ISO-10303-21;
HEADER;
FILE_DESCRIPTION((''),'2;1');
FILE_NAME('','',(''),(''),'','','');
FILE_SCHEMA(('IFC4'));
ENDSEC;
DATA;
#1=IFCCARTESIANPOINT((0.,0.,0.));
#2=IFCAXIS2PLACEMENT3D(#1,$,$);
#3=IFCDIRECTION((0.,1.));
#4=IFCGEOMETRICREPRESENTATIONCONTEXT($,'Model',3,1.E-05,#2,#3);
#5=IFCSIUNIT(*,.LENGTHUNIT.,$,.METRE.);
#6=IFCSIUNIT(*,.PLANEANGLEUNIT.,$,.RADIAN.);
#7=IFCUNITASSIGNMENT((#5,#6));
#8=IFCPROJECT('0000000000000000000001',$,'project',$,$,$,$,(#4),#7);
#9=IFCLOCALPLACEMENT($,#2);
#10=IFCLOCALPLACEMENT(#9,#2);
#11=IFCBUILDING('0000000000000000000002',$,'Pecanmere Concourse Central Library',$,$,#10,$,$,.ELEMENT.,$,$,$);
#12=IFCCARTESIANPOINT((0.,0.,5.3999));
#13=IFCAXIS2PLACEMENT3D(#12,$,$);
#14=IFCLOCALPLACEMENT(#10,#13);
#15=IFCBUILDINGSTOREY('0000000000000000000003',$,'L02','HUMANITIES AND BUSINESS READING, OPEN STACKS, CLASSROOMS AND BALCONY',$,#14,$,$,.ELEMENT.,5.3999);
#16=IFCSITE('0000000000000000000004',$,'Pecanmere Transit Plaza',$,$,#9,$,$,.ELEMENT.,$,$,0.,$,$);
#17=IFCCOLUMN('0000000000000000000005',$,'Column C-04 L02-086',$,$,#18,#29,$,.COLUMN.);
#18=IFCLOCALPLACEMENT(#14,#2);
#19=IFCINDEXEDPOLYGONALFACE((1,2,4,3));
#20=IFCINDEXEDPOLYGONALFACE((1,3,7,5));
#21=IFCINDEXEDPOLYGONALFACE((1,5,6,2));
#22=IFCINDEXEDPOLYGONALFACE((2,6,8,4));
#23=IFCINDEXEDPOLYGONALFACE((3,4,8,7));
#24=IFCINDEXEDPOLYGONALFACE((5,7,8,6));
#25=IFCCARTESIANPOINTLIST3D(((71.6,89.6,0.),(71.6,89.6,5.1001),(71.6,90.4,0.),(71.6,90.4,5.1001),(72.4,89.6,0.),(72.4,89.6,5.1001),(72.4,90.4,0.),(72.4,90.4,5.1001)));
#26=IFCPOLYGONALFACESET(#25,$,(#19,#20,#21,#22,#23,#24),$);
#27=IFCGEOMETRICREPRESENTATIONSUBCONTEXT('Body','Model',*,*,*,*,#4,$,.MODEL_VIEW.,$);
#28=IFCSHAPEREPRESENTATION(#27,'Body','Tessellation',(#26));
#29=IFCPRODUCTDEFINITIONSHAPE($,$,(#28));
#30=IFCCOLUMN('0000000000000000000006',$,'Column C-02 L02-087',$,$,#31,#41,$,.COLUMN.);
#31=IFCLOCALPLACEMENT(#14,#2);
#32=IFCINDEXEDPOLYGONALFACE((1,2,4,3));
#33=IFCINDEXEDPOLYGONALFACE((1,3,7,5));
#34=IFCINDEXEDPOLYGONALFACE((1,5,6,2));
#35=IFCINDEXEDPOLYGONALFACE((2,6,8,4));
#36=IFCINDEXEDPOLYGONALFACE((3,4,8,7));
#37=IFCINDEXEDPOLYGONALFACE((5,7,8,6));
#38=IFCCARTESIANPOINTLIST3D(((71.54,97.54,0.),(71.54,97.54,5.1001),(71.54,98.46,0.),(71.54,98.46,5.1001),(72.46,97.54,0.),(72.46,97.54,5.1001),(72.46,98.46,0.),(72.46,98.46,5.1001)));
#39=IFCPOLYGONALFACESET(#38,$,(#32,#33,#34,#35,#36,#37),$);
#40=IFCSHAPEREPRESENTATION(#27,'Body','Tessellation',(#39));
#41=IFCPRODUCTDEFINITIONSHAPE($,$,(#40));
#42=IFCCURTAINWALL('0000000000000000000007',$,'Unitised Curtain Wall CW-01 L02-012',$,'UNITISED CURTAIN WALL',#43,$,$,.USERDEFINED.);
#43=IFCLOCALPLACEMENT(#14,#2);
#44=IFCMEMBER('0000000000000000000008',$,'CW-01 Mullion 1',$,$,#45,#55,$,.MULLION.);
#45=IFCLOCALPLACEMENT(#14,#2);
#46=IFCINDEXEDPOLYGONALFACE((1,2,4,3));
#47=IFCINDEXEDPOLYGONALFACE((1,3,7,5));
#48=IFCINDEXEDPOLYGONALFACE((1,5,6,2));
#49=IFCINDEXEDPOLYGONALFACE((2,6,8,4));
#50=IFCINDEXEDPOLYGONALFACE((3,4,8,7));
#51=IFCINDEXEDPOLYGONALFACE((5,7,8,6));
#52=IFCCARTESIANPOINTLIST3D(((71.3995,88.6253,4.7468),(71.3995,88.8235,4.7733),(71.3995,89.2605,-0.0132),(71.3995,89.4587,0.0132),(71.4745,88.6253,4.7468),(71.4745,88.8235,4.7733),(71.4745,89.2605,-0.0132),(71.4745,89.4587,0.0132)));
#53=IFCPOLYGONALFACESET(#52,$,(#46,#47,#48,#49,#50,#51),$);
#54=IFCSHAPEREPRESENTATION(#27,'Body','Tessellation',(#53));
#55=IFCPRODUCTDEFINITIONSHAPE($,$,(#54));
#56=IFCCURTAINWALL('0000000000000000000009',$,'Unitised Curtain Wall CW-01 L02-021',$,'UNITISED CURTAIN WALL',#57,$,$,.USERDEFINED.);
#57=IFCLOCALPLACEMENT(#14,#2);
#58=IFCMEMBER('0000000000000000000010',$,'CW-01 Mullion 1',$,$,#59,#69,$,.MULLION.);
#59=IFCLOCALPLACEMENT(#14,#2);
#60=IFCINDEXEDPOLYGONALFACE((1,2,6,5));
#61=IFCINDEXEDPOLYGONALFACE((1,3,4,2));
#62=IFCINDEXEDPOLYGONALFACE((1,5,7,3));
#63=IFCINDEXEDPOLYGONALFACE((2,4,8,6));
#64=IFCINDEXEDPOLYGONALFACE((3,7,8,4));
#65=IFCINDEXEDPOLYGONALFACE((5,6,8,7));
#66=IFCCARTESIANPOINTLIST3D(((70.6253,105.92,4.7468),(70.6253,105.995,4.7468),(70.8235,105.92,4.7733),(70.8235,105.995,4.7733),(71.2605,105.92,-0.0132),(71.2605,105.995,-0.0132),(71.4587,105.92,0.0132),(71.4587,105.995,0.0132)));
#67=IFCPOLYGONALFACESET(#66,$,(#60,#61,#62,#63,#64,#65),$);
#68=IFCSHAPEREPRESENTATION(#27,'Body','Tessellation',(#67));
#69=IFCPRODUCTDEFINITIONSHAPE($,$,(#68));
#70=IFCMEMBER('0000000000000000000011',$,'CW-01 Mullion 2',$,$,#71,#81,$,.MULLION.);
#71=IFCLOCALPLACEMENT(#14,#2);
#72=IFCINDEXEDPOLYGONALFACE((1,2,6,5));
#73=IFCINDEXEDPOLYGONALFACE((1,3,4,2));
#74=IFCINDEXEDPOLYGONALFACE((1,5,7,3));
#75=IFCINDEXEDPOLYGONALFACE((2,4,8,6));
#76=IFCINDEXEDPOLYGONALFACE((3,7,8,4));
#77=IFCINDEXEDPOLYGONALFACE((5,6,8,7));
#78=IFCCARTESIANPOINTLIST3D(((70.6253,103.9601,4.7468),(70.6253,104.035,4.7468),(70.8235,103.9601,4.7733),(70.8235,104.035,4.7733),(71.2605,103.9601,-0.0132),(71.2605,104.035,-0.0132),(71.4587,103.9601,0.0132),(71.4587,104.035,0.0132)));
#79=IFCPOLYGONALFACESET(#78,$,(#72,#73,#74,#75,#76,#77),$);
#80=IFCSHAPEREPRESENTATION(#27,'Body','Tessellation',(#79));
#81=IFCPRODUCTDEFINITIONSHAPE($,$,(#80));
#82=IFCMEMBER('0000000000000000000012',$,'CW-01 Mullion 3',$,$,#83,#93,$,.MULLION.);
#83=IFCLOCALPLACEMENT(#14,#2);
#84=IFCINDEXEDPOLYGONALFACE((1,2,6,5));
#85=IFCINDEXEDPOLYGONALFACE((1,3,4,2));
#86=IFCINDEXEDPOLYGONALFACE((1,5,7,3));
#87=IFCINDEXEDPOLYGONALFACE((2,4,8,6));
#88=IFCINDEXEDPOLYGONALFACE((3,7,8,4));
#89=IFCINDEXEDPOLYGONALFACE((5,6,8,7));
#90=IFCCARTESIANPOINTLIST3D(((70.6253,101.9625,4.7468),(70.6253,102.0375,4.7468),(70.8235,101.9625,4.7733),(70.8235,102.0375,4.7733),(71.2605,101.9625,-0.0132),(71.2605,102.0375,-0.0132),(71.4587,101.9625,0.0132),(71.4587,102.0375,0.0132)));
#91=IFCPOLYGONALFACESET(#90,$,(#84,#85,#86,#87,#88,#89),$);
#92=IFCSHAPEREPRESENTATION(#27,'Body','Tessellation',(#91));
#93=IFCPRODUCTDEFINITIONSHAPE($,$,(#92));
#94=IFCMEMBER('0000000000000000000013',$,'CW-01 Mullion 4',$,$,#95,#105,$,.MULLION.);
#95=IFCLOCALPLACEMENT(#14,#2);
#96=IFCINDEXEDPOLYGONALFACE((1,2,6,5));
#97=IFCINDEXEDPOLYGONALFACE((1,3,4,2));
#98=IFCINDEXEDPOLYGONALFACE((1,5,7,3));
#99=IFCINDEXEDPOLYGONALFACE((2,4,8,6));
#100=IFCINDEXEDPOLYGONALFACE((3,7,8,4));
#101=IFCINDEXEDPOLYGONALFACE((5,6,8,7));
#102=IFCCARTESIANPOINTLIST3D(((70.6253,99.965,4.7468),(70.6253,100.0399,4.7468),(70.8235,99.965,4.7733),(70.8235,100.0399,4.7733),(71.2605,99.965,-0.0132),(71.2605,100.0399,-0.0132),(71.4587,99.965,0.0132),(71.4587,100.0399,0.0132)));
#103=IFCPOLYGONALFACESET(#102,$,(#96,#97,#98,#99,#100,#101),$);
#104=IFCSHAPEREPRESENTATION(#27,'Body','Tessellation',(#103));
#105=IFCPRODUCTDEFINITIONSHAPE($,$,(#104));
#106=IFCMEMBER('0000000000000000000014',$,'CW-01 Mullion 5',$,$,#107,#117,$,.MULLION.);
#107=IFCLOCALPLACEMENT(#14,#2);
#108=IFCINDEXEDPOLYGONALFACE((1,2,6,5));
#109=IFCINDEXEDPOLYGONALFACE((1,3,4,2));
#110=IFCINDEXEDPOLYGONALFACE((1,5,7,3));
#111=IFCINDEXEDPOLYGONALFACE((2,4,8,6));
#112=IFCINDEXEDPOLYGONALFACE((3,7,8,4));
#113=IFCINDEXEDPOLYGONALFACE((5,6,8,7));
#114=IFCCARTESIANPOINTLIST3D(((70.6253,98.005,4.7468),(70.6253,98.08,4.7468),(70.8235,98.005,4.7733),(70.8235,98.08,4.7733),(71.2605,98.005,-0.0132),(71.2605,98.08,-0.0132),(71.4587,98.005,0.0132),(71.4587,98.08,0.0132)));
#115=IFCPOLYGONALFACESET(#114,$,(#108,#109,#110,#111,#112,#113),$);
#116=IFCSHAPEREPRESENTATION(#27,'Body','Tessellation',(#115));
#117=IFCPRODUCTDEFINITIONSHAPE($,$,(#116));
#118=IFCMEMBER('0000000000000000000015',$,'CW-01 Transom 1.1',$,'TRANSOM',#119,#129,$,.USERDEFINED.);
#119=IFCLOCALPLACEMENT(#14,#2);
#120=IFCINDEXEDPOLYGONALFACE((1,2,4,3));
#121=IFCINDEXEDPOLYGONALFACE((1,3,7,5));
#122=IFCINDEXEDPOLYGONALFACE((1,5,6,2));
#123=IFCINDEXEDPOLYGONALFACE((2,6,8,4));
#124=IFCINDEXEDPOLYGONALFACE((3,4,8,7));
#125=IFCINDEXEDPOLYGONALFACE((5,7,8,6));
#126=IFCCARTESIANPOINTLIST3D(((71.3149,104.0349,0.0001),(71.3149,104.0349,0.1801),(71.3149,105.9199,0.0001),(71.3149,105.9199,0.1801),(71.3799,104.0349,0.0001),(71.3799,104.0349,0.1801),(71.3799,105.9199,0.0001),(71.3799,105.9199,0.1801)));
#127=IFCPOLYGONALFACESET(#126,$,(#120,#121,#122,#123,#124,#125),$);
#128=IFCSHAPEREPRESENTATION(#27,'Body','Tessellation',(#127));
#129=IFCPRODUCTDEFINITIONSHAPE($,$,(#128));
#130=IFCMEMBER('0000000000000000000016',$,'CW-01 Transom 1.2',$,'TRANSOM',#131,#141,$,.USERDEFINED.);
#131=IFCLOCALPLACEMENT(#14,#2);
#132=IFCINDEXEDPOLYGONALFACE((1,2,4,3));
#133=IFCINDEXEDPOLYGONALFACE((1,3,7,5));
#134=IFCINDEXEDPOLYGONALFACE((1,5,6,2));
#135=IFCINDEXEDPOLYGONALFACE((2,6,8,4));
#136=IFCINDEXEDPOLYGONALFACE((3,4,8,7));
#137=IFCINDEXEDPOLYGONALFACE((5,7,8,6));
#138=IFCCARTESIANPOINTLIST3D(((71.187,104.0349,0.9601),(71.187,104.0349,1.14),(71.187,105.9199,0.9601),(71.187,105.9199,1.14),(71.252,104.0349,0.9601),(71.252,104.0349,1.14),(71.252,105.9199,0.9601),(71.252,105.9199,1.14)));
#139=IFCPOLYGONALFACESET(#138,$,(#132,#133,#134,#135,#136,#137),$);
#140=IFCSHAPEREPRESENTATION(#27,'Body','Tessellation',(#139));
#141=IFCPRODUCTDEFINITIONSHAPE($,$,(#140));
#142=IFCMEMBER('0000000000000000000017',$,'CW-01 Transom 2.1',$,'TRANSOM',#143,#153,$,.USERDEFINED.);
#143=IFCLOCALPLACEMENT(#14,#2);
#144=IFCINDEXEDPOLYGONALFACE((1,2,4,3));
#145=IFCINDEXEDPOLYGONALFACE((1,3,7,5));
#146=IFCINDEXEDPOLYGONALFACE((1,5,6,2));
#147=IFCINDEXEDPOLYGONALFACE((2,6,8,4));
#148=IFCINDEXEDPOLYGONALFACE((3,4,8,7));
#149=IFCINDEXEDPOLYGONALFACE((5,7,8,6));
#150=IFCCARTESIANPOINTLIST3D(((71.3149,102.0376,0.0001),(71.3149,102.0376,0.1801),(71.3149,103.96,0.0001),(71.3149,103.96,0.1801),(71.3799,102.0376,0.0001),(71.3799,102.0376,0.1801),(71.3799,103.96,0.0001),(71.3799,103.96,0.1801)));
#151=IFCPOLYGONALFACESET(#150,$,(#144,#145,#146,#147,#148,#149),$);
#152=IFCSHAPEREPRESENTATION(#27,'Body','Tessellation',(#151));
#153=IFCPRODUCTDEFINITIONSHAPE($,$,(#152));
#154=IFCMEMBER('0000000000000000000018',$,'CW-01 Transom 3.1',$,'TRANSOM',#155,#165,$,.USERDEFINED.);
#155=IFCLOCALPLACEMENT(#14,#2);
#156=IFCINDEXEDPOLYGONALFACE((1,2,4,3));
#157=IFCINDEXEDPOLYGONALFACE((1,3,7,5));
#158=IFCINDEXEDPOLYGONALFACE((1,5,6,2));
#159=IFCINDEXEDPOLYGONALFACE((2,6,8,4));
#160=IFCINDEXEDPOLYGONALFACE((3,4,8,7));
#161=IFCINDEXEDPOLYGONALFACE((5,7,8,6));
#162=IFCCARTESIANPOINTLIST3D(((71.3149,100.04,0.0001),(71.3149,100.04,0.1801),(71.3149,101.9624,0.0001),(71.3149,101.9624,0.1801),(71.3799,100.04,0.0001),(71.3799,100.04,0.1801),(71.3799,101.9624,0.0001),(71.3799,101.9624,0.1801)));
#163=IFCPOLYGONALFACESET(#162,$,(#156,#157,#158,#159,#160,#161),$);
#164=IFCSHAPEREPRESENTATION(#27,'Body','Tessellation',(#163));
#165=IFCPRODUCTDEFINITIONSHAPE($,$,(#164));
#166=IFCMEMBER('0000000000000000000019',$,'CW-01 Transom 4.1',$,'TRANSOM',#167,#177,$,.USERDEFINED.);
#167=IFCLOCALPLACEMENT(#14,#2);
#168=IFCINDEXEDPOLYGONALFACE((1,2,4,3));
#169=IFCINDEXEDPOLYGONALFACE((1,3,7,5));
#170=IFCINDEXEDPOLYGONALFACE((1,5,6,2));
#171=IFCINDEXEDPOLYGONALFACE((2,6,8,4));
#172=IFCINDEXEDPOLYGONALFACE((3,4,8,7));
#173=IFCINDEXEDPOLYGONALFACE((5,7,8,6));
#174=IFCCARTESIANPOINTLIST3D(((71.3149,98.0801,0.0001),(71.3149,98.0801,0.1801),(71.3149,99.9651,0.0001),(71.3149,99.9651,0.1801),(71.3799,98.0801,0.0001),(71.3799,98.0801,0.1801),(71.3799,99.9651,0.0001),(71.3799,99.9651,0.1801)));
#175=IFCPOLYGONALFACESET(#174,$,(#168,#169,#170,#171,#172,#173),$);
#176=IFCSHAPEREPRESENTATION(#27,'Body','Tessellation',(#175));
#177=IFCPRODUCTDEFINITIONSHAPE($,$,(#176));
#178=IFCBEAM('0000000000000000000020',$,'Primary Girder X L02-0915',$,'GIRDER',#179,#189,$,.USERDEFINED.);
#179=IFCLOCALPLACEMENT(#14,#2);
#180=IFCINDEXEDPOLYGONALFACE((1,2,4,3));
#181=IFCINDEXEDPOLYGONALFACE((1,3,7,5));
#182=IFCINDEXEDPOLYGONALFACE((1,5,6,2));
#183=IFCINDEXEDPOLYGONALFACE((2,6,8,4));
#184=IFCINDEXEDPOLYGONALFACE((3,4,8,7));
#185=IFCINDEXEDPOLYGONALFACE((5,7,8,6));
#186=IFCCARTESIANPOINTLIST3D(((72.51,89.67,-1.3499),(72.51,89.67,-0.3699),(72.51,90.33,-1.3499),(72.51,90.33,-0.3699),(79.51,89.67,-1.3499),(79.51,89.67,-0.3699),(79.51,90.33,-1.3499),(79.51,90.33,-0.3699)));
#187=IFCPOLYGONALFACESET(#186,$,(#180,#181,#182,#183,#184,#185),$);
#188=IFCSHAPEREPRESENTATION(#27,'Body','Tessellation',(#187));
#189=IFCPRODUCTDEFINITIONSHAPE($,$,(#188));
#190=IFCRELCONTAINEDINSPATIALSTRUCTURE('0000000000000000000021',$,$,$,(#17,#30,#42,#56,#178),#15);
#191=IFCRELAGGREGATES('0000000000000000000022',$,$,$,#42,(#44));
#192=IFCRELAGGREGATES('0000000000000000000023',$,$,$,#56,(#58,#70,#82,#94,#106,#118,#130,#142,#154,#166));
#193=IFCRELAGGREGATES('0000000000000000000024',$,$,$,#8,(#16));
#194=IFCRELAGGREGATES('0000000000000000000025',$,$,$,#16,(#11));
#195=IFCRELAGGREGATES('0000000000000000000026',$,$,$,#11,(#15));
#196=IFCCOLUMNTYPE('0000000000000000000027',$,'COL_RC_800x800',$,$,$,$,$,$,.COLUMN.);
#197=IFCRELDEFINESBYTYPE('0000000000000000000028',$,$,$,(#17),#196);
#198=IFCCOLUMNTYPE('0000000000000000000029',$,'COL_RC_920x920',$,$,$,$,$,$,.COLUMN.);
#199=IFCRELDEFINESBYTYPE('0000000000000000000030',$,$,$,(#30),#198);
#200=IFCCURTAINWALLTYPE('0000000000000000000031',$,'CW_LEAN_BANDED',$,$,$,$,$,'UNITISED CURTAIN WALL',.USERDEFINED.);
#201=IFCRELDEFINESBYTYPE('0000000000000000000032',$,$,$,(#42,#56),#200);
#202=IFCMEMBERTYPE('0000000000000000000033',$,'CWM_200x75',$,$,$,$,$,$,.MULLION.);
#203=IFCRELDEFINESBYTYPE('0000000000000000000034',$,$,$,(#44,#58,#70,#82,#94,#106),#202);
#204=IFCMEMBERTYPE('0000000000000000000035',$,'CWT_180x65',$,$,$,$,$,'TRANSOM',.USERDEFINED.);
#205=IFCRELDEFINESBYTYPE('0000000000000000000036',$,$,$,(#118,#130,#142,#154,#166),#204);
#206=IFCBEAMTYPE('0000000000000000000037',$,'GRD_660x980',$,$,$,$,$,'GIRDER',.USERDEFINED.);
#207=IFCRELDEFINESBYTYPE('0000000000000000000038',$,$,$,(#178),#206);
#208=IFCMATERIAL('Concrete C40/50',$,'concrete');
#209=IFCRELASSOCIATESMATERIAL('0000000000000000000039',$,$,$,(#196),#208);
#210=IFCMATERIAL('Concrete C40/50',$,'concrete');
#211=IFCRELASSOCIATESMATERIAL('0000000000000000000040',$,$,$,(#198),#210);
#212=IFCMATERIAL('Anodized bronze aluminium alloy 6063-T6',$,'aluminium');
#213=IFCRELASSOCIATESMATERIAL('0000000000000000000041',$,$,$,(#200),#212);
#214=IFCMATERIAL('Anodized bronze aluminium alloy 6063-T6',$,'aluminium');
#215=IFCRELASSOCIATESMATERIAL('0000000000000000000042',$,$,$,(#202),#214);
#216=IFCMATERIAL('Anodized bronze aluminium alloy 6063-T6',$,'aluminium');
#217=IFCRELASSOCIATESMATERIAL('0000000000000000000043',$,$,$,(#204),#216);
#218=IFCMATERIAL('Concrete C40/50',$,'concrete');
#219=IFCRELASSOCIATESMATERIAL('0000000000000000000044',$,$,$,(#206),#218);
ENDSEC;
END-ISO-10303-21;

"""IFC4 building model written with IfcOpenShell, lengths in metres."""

from ifc_helpers import new_model, si_unit, direction, frame, origin, origin_2d, place, context, subcontext, project, spatial, rectangle, extrude, material, material_profile, profile_set, type_object, element, aggregate, save


model = new_model("IFC4")

# Units and contexts
model_context = context("Model", 3, precision=1e-05, world=origin(), true_north=direction((0.0, 1.0)))
body_context = subcontext(model_context, "Body", "Model", "MODEL_VIEW")
ifc_project = project(units=[si_unit("LENGTHUNIT", "METRE"), si_unit("PLANEANGLEUNIT", "RADIAN")], contexts=[model_context])

# Site, building, storey
site_placement = place(None, origin())
site = spatial("IfcSite", under=ifc_project, at=site_placement, Name="Pecanmere Transit Plaza", CompositionType="ELEMENT", RefElevation=0.0)
building_placement = place(site_placement, origin())
building = spatial("IfcBuilding", under=site, at=building_placement, Name="Pecanmere Concourse Central Library", CompositionType="ELEMENT")
storey_placement = place(building_placement, frame((0.0, 0.0, 5.3999)))
storey = spatial("IfcBuildingStorey", under=building, at=storey_placement, Name="L02", Description="HUMANITIES AND BUSINESS READING, OPEN STACKS, CLASSROOMS AND BALCONY", CompositionType="ELEMENT", Elevation=5.3999)

# Columns
ifc_material_1 = material(Name="Concrete C40/50", Category="concrete")
ifc_material_profile_1 = material_profile(ifc_material_1, rectangle(XDim=0.8, YDim=0.8, at=origin_2d()), Name="RC 800x800")
ifc_profile_set_1 = profile_set([ifc_material_profile_1], Name="Concrete C40/50")
column_type_1 = type_object("IfcColumnType", Name="COL_RC_800x800", PredefinedType="COLUMN", material=ifc_profile_set_1)
column_1_placement = place(storey_placement, frame((72.0, 90.0, 0.0), z_axis=(0.0, 0.0, 1.0), x_axis=(1.0, 0.0, 0.0)))
element("IfcColumn", 1, at=column_1_placement, inside=storey, type_object=column_type_1, Name="Column C-04 L02-086", PredefinedType="COLUMN", context=body_context, shape_type="SweptSolid", body=[
    extrude(rectangle(XDim=0.8, YDim=0.8, at=origin_2d()), origin(), (0.0, 0.0, 1.0), 5.1001),
])
ifc_material_2 = material(Name="Concrete C40/50", Category="concrete")
ifc_material_profile_2 = material_profile(ifc_material_2, rectangle(XDim=0.9199, YDim=0.9199, at=origin_2d()), Name="RC 920x920")
ifc_profile_set_2 = profile_set([ifc_material_profile_2], Name="Concrete C40/50")
column_type_2 = type_object("IfcColumnType", Name="COL_RC_920x920", PredefinedType="COLUMN", material=ifc_profile_set_2)
column_2_placement = place(storey_placement, frame((72.0, 98.0, 0.0), z_axis=(0.0, 0.0, 1.0), x_axis=(1.0, 0.0, 0.0)))
element("IfcColumn", 2, at=column_2_placement, inside=storey, type_object=column_type_2, Name="Column C-02 L02-087", PredefinedType="COLUMN", context=body_context, shape_type="SweptSolid", body=[
    extrude(rectangle(XDim=0.9199, YDim=0.9199, at=origin_2d()), origin(), (0.0, 0.0, 1.0), 5.1001),
])

# Curtain wall, member
ifc_material_3 = material(Name="Anodized bronze aluminium alloy 6063-T6", Category="aluminium")
curtain_wall_type = type_object("IfcCurtainWallType", Name="CW_LEAN_BANDED", ElementType="UNITISED CURTAIN WALL", PredefinedType="USERDEFINED", material=ifc_material_3)
curtain_wall_1_placement = place(storey_placement, origin())
curtain_wall_1 = element("IfcCurtainWall", 3, at=curtain_wall_1_placement, inside=storey, type_object=curtain_wall_type, Name="Unitised Curtain Wall CW-01 L02-012", ObjectType="UNITISED CURTAIN WALL", PredefinedType="USERDEFINED")
ifc_material_4 = material(Name="Anodized bronze aluminium alloy 6063-T6", Category="aluminium")
ifc_material_profile_3 = material_profile(ifc_material_4, rectangle(XDim=0.075, YDim=0.2, at=origin_2d()), Name="AL 75x200")
ifc_profile_set_3 = profile_set([ifc_material_profile_3], Name="Anodized bronze aluminium alloy 6063-T6")
member_type_1 = type_object("IfcMemberType", Name="CWM_200x75", PredefinedType="MULLION", material=ifc_profile_set_3)
member_1_placement = place(storey_placement, frame((71.437, 89.3596, 0.0), z_axis=(0.0, -0.132284, 0.991212), x_axis=(1.0, 0.0, 0.0)))
member_1 = element("IfcMember", 4, at=member_1_placement, type_object=member_type_1, Name="CW-01 Mullion 1", PredefinedType="MULLION", context=body_context, shape_type="SweptSolid", body=[
    extrude(rectangle(XDim=0.075, YDim=0.2, at=origin_2d()), origin(), (0.0, 0.0, 1.0), 4.8022),
])
aggregate(curtain_wall_1, [member_1])

# Curtain wall, members
curtain_wall_2_placement = place(storey_placement, origin())
curtain_wall_2 = element("IfcCurtainWall", 5, at=curtain_wall_2_placement, inside=storey, type_object=curtain_wall_type, Name="Unitised Curtain Wall CW-01 L02-021", ObjectType="UNITISED CURTAIN WALL", PredefinedType="USERDEFINED")
member_2_placement = place(storey_placement, frame((71.3596, 105.9575, 0.0), z_axis=(-0.132284, 0.0, 0.991212), x_axis=(0.0, -1.0, 0.0)))
member_2 = element("IfcMember", 6, at=member_2_placement, type_object=member_type_1, Name="CW-01 Mullion 1", PredefinedType="MULLION", context=body_context, shape_type="SweptSolid", body=[
    extrude(rectangle(XDim=0.075, YDim=0.2, at=origin_2d()), origin(), (0.0, 0.0, 1.0), 4.8022),
])
member_3_placement = place(storey_placement, frame((71.3596, 103.9976, 0.0), z_axis=(-0.132284, 0.0, 0.991212), x_axis=(0.0, -1.0, 0.0)))
member_3 = element("IfcMember", 7, at=member_3_placement, type_object=member_type_1, Name="CW-01 Mullion 2", PredefinedType="MULLION", context=body_context, shape_type="SweptSolid", body=[
    extrude(rectangle(XDim=0.075, YDim=0.2, at=origin_2d()), origin(), (0.0, 0.0, 1.0), 4.8022),
])
member_4_placement = place(storey_placement, frame((71.3596, 102.0, 0.0), z_axis=(-0.132284, 0.0, 0.991212), x_axis=(0.0, -1.0, 0.0)))
member_4 = element("IfcMember", 8, at=member_4_placement, type_object=member_type_1, Name="CW-01 Mullion 3", PredefinedType="MULLION", context=body_context, shape_type="SweptSolid", body=[
    extrude(rectangle(XDim=0.075, YDim=0.2, at=origin_2d()), origin(), (0.0, 0.0, 1.0), 4.8022),
])
member_5_placement = place(storey_placement, frame((71.3596, 100.0024, 0.0), z_axis=(-0.132284, 0.0, 0.991212), x_axis=(0.0, -1.0, 0.0)))
member_5 = element("IfcMember", 9, at=member_5_placement, type_object=member_type_1, Name="CW-01 Mullion 4", PredefinedType="MULLION", context=body_context, shape_type="SweptSolid", body=[
    extrude(rectangle(XDim=0.075, YDim=0.2, at=origin_2d()), origin(), (0.0, 0.0, 1.0), 4.8022),
])
member_6_placement = place(storey_placement, frame((71.3596, 98.0425, 0.0), z_axis=(-0.132284, 0.0, 0.991212), x_axis=(0.0, -1.0, 0.0)))
member_6 = element("IfcMember", 10, at=member_6_placement, type_object=member_type_1, Name="CW-01 Mullion 5", PredefinedType="MULLION", context=body_context, shape_type="SweptSolid", body=[
    extrude(rectangle(XDim=0.075, YDim=0.2, at=origin_2d()), origin(), (0.0, 0.0, 1.0), 4.8022),
])
ifc_material_5 = material(Name="Anodized bronze aluminium alloy 6063-T6", Category="aluminium")
ifc_material_profile_4 = material_profile(ifc_material_5, rectangle(XDim=0.0649, YDim=0.1799, at=origin_2d()), Name="AL 65x180")
ifc_profile_set_4 = profile_set([ifc_material_profile_4], Name="Anodized bronze aluminium alloy 6063-T6")
member_type_2 = type_object("IfcMemberType", Name="CWT_180x65", ElementType="TRANSOM", PredefinedType="USERDEFINED", material=ifc_profile_set_4)
member_7_placement = place(storey_placement, frame((71.3474, 105.9199, 0.0901), z_axis=(0.0, -1.0, 0.0), x_axis=(1.0, 0.0, 0.0)))
member_7 = element("IfcMember", 11, at=member_7_placement, type_object=member_type_2, Name="CW-01 Transom 1.1", ObjectType="TRANSOM", PredefinedType="USERDEFINED", context=body_context, shape_type="SweptSolid", body=[
    extrude(rectangle(XDim=0.0649, YDim=0.1799, at=origin_2d()), origin(), (0.0, 0.0, 1.0), 1.885),
])
member_8_placement = place(storey_placement, frame((71.2195, 105.9199, 1.05), z_axis=(0.0, -1.0, 0.0), x_axis=(1.0, 0.0, 0.0)))
member_8 = element("IfcMember", 12, at=member_8_placement, type_object=member_type_2, Name="CW-01 Transom 1.2", ObjectType="TRANSOM", PredefinedType="USERDEFINED", context=body_context, shape_type="SweptSolid", body=[
    extrude(rectangle(XDim=0.0649, YDim=0.1799, at=origin_2d()), origin(), (0.0, 0.0, 1.0), 1.885),
])
member_9_placement = place(storey_placement, frame((71.3474, 103.96, 0.0901), z_axis=(0.0, -1.0, 0.0), x_axis=(1.0, 0.0, 0.0)))
member_9 = element("IfcMember", 13, at=member_9_placement, type_object=member_type_2, Name="CW-01 Transom 2.1", ObjectType="TRANSOM", PredefinedType="USERDEFINED", context=body_context, shape_type="SweptSolid", body=[
    extrude(rectangle(XDim=0.0649, YDim=0.1799, at=origin_2d()), origin(), (0.0, 0.0, 1.0), 1.9224),
])
member_10_placement = place(storey_placement, frame((71.3474, 101.9624, 0.0901), z_axis=(0.0, -1.0, 0.0), x_axis=(1.0, 0.0, 0.0)))
member_10 = element("IfcMember", 14, at=member_10_placement, type_object=member_type_2, Name="CW-01 Transom 3.1", ObjectType="TRANSOM", PredefinedType="USERDEFINED", context=body_context, shape_type="SweptSolid", body=[
    extrude(rectangle(XDim=0.0649, YDim=0.1799, at=origin_2d()), origin(), (0.0, 0.0, 1.0), 1.9224),
])
member_11_placement = place(storey_placement, frame((71.3474, 99.9651, 0.0901), z_axis=(0.0, -1.0, 0.0), x_axis=(1.0, 0.0, 0.0)))
member_11 = element("IfcMember", 15, at=member_11_placement, type_object=member_type_2, Name="CW-01 Transom 4.1", ObjectType="TRANSOM", PredefinedType="USERDEFINED", context=body_context, shape_type="SweptSolid", body=[
    extrude(rectangle(XDim=0.0649, YDim=0.1799, at=origin_2d()), origin(), (0.0, 0.0, 1.0), 1.885),
])

# Beam
ifc_material_6 = material(Name="Concrete C40/50", Category="concrete")
ifc_material_profile_5 = material_profile(ifc_material_6, rectangle(XDim=0.6599, YDim=0.98, at=origin_2d()), Name="RC 660x980")
ifc_profile_set_5 = profile_set([ifc_material_profile_5], Name="Concrete C40/50")
beam_type_1 = type_object("IfcBeamType", Name="GRD_660x980", ElementType="GIRDER", PredefinedType="USERDEFINED", material=ifc_profile_set_5)
for number, where, z_axis, x_axis, name in (
    (16, (72.51, 90.0, -0.8599), (1.0, 0.0, 0.0), (0.0, 1.0, 0.0), "Primary Girder X L02-0915"),
):
    element("IfcBeam", number, at=place(storey_placement, frame(where, z_axis=z_axis, x_axis=x_axis)), inside=storey, type_object=beam_type_1, Name=name, ObjectType="GIRDER", PredefinedType="USERDEFINED", context=body_context, shape_type="SweptSolid", body=[
        extrude(rectangle(XDim=0.6599, YDim=0.98, at=origin_2d()), origin(), (0.0, 0.0, 1.0), 7.0),
    ])

aggregate(curtain_wall_2, [member_2, member_3, member_4, member_5, member_6, member_7, member_8, member_9, member_10, member_11])

save(model, "model.ifc")
